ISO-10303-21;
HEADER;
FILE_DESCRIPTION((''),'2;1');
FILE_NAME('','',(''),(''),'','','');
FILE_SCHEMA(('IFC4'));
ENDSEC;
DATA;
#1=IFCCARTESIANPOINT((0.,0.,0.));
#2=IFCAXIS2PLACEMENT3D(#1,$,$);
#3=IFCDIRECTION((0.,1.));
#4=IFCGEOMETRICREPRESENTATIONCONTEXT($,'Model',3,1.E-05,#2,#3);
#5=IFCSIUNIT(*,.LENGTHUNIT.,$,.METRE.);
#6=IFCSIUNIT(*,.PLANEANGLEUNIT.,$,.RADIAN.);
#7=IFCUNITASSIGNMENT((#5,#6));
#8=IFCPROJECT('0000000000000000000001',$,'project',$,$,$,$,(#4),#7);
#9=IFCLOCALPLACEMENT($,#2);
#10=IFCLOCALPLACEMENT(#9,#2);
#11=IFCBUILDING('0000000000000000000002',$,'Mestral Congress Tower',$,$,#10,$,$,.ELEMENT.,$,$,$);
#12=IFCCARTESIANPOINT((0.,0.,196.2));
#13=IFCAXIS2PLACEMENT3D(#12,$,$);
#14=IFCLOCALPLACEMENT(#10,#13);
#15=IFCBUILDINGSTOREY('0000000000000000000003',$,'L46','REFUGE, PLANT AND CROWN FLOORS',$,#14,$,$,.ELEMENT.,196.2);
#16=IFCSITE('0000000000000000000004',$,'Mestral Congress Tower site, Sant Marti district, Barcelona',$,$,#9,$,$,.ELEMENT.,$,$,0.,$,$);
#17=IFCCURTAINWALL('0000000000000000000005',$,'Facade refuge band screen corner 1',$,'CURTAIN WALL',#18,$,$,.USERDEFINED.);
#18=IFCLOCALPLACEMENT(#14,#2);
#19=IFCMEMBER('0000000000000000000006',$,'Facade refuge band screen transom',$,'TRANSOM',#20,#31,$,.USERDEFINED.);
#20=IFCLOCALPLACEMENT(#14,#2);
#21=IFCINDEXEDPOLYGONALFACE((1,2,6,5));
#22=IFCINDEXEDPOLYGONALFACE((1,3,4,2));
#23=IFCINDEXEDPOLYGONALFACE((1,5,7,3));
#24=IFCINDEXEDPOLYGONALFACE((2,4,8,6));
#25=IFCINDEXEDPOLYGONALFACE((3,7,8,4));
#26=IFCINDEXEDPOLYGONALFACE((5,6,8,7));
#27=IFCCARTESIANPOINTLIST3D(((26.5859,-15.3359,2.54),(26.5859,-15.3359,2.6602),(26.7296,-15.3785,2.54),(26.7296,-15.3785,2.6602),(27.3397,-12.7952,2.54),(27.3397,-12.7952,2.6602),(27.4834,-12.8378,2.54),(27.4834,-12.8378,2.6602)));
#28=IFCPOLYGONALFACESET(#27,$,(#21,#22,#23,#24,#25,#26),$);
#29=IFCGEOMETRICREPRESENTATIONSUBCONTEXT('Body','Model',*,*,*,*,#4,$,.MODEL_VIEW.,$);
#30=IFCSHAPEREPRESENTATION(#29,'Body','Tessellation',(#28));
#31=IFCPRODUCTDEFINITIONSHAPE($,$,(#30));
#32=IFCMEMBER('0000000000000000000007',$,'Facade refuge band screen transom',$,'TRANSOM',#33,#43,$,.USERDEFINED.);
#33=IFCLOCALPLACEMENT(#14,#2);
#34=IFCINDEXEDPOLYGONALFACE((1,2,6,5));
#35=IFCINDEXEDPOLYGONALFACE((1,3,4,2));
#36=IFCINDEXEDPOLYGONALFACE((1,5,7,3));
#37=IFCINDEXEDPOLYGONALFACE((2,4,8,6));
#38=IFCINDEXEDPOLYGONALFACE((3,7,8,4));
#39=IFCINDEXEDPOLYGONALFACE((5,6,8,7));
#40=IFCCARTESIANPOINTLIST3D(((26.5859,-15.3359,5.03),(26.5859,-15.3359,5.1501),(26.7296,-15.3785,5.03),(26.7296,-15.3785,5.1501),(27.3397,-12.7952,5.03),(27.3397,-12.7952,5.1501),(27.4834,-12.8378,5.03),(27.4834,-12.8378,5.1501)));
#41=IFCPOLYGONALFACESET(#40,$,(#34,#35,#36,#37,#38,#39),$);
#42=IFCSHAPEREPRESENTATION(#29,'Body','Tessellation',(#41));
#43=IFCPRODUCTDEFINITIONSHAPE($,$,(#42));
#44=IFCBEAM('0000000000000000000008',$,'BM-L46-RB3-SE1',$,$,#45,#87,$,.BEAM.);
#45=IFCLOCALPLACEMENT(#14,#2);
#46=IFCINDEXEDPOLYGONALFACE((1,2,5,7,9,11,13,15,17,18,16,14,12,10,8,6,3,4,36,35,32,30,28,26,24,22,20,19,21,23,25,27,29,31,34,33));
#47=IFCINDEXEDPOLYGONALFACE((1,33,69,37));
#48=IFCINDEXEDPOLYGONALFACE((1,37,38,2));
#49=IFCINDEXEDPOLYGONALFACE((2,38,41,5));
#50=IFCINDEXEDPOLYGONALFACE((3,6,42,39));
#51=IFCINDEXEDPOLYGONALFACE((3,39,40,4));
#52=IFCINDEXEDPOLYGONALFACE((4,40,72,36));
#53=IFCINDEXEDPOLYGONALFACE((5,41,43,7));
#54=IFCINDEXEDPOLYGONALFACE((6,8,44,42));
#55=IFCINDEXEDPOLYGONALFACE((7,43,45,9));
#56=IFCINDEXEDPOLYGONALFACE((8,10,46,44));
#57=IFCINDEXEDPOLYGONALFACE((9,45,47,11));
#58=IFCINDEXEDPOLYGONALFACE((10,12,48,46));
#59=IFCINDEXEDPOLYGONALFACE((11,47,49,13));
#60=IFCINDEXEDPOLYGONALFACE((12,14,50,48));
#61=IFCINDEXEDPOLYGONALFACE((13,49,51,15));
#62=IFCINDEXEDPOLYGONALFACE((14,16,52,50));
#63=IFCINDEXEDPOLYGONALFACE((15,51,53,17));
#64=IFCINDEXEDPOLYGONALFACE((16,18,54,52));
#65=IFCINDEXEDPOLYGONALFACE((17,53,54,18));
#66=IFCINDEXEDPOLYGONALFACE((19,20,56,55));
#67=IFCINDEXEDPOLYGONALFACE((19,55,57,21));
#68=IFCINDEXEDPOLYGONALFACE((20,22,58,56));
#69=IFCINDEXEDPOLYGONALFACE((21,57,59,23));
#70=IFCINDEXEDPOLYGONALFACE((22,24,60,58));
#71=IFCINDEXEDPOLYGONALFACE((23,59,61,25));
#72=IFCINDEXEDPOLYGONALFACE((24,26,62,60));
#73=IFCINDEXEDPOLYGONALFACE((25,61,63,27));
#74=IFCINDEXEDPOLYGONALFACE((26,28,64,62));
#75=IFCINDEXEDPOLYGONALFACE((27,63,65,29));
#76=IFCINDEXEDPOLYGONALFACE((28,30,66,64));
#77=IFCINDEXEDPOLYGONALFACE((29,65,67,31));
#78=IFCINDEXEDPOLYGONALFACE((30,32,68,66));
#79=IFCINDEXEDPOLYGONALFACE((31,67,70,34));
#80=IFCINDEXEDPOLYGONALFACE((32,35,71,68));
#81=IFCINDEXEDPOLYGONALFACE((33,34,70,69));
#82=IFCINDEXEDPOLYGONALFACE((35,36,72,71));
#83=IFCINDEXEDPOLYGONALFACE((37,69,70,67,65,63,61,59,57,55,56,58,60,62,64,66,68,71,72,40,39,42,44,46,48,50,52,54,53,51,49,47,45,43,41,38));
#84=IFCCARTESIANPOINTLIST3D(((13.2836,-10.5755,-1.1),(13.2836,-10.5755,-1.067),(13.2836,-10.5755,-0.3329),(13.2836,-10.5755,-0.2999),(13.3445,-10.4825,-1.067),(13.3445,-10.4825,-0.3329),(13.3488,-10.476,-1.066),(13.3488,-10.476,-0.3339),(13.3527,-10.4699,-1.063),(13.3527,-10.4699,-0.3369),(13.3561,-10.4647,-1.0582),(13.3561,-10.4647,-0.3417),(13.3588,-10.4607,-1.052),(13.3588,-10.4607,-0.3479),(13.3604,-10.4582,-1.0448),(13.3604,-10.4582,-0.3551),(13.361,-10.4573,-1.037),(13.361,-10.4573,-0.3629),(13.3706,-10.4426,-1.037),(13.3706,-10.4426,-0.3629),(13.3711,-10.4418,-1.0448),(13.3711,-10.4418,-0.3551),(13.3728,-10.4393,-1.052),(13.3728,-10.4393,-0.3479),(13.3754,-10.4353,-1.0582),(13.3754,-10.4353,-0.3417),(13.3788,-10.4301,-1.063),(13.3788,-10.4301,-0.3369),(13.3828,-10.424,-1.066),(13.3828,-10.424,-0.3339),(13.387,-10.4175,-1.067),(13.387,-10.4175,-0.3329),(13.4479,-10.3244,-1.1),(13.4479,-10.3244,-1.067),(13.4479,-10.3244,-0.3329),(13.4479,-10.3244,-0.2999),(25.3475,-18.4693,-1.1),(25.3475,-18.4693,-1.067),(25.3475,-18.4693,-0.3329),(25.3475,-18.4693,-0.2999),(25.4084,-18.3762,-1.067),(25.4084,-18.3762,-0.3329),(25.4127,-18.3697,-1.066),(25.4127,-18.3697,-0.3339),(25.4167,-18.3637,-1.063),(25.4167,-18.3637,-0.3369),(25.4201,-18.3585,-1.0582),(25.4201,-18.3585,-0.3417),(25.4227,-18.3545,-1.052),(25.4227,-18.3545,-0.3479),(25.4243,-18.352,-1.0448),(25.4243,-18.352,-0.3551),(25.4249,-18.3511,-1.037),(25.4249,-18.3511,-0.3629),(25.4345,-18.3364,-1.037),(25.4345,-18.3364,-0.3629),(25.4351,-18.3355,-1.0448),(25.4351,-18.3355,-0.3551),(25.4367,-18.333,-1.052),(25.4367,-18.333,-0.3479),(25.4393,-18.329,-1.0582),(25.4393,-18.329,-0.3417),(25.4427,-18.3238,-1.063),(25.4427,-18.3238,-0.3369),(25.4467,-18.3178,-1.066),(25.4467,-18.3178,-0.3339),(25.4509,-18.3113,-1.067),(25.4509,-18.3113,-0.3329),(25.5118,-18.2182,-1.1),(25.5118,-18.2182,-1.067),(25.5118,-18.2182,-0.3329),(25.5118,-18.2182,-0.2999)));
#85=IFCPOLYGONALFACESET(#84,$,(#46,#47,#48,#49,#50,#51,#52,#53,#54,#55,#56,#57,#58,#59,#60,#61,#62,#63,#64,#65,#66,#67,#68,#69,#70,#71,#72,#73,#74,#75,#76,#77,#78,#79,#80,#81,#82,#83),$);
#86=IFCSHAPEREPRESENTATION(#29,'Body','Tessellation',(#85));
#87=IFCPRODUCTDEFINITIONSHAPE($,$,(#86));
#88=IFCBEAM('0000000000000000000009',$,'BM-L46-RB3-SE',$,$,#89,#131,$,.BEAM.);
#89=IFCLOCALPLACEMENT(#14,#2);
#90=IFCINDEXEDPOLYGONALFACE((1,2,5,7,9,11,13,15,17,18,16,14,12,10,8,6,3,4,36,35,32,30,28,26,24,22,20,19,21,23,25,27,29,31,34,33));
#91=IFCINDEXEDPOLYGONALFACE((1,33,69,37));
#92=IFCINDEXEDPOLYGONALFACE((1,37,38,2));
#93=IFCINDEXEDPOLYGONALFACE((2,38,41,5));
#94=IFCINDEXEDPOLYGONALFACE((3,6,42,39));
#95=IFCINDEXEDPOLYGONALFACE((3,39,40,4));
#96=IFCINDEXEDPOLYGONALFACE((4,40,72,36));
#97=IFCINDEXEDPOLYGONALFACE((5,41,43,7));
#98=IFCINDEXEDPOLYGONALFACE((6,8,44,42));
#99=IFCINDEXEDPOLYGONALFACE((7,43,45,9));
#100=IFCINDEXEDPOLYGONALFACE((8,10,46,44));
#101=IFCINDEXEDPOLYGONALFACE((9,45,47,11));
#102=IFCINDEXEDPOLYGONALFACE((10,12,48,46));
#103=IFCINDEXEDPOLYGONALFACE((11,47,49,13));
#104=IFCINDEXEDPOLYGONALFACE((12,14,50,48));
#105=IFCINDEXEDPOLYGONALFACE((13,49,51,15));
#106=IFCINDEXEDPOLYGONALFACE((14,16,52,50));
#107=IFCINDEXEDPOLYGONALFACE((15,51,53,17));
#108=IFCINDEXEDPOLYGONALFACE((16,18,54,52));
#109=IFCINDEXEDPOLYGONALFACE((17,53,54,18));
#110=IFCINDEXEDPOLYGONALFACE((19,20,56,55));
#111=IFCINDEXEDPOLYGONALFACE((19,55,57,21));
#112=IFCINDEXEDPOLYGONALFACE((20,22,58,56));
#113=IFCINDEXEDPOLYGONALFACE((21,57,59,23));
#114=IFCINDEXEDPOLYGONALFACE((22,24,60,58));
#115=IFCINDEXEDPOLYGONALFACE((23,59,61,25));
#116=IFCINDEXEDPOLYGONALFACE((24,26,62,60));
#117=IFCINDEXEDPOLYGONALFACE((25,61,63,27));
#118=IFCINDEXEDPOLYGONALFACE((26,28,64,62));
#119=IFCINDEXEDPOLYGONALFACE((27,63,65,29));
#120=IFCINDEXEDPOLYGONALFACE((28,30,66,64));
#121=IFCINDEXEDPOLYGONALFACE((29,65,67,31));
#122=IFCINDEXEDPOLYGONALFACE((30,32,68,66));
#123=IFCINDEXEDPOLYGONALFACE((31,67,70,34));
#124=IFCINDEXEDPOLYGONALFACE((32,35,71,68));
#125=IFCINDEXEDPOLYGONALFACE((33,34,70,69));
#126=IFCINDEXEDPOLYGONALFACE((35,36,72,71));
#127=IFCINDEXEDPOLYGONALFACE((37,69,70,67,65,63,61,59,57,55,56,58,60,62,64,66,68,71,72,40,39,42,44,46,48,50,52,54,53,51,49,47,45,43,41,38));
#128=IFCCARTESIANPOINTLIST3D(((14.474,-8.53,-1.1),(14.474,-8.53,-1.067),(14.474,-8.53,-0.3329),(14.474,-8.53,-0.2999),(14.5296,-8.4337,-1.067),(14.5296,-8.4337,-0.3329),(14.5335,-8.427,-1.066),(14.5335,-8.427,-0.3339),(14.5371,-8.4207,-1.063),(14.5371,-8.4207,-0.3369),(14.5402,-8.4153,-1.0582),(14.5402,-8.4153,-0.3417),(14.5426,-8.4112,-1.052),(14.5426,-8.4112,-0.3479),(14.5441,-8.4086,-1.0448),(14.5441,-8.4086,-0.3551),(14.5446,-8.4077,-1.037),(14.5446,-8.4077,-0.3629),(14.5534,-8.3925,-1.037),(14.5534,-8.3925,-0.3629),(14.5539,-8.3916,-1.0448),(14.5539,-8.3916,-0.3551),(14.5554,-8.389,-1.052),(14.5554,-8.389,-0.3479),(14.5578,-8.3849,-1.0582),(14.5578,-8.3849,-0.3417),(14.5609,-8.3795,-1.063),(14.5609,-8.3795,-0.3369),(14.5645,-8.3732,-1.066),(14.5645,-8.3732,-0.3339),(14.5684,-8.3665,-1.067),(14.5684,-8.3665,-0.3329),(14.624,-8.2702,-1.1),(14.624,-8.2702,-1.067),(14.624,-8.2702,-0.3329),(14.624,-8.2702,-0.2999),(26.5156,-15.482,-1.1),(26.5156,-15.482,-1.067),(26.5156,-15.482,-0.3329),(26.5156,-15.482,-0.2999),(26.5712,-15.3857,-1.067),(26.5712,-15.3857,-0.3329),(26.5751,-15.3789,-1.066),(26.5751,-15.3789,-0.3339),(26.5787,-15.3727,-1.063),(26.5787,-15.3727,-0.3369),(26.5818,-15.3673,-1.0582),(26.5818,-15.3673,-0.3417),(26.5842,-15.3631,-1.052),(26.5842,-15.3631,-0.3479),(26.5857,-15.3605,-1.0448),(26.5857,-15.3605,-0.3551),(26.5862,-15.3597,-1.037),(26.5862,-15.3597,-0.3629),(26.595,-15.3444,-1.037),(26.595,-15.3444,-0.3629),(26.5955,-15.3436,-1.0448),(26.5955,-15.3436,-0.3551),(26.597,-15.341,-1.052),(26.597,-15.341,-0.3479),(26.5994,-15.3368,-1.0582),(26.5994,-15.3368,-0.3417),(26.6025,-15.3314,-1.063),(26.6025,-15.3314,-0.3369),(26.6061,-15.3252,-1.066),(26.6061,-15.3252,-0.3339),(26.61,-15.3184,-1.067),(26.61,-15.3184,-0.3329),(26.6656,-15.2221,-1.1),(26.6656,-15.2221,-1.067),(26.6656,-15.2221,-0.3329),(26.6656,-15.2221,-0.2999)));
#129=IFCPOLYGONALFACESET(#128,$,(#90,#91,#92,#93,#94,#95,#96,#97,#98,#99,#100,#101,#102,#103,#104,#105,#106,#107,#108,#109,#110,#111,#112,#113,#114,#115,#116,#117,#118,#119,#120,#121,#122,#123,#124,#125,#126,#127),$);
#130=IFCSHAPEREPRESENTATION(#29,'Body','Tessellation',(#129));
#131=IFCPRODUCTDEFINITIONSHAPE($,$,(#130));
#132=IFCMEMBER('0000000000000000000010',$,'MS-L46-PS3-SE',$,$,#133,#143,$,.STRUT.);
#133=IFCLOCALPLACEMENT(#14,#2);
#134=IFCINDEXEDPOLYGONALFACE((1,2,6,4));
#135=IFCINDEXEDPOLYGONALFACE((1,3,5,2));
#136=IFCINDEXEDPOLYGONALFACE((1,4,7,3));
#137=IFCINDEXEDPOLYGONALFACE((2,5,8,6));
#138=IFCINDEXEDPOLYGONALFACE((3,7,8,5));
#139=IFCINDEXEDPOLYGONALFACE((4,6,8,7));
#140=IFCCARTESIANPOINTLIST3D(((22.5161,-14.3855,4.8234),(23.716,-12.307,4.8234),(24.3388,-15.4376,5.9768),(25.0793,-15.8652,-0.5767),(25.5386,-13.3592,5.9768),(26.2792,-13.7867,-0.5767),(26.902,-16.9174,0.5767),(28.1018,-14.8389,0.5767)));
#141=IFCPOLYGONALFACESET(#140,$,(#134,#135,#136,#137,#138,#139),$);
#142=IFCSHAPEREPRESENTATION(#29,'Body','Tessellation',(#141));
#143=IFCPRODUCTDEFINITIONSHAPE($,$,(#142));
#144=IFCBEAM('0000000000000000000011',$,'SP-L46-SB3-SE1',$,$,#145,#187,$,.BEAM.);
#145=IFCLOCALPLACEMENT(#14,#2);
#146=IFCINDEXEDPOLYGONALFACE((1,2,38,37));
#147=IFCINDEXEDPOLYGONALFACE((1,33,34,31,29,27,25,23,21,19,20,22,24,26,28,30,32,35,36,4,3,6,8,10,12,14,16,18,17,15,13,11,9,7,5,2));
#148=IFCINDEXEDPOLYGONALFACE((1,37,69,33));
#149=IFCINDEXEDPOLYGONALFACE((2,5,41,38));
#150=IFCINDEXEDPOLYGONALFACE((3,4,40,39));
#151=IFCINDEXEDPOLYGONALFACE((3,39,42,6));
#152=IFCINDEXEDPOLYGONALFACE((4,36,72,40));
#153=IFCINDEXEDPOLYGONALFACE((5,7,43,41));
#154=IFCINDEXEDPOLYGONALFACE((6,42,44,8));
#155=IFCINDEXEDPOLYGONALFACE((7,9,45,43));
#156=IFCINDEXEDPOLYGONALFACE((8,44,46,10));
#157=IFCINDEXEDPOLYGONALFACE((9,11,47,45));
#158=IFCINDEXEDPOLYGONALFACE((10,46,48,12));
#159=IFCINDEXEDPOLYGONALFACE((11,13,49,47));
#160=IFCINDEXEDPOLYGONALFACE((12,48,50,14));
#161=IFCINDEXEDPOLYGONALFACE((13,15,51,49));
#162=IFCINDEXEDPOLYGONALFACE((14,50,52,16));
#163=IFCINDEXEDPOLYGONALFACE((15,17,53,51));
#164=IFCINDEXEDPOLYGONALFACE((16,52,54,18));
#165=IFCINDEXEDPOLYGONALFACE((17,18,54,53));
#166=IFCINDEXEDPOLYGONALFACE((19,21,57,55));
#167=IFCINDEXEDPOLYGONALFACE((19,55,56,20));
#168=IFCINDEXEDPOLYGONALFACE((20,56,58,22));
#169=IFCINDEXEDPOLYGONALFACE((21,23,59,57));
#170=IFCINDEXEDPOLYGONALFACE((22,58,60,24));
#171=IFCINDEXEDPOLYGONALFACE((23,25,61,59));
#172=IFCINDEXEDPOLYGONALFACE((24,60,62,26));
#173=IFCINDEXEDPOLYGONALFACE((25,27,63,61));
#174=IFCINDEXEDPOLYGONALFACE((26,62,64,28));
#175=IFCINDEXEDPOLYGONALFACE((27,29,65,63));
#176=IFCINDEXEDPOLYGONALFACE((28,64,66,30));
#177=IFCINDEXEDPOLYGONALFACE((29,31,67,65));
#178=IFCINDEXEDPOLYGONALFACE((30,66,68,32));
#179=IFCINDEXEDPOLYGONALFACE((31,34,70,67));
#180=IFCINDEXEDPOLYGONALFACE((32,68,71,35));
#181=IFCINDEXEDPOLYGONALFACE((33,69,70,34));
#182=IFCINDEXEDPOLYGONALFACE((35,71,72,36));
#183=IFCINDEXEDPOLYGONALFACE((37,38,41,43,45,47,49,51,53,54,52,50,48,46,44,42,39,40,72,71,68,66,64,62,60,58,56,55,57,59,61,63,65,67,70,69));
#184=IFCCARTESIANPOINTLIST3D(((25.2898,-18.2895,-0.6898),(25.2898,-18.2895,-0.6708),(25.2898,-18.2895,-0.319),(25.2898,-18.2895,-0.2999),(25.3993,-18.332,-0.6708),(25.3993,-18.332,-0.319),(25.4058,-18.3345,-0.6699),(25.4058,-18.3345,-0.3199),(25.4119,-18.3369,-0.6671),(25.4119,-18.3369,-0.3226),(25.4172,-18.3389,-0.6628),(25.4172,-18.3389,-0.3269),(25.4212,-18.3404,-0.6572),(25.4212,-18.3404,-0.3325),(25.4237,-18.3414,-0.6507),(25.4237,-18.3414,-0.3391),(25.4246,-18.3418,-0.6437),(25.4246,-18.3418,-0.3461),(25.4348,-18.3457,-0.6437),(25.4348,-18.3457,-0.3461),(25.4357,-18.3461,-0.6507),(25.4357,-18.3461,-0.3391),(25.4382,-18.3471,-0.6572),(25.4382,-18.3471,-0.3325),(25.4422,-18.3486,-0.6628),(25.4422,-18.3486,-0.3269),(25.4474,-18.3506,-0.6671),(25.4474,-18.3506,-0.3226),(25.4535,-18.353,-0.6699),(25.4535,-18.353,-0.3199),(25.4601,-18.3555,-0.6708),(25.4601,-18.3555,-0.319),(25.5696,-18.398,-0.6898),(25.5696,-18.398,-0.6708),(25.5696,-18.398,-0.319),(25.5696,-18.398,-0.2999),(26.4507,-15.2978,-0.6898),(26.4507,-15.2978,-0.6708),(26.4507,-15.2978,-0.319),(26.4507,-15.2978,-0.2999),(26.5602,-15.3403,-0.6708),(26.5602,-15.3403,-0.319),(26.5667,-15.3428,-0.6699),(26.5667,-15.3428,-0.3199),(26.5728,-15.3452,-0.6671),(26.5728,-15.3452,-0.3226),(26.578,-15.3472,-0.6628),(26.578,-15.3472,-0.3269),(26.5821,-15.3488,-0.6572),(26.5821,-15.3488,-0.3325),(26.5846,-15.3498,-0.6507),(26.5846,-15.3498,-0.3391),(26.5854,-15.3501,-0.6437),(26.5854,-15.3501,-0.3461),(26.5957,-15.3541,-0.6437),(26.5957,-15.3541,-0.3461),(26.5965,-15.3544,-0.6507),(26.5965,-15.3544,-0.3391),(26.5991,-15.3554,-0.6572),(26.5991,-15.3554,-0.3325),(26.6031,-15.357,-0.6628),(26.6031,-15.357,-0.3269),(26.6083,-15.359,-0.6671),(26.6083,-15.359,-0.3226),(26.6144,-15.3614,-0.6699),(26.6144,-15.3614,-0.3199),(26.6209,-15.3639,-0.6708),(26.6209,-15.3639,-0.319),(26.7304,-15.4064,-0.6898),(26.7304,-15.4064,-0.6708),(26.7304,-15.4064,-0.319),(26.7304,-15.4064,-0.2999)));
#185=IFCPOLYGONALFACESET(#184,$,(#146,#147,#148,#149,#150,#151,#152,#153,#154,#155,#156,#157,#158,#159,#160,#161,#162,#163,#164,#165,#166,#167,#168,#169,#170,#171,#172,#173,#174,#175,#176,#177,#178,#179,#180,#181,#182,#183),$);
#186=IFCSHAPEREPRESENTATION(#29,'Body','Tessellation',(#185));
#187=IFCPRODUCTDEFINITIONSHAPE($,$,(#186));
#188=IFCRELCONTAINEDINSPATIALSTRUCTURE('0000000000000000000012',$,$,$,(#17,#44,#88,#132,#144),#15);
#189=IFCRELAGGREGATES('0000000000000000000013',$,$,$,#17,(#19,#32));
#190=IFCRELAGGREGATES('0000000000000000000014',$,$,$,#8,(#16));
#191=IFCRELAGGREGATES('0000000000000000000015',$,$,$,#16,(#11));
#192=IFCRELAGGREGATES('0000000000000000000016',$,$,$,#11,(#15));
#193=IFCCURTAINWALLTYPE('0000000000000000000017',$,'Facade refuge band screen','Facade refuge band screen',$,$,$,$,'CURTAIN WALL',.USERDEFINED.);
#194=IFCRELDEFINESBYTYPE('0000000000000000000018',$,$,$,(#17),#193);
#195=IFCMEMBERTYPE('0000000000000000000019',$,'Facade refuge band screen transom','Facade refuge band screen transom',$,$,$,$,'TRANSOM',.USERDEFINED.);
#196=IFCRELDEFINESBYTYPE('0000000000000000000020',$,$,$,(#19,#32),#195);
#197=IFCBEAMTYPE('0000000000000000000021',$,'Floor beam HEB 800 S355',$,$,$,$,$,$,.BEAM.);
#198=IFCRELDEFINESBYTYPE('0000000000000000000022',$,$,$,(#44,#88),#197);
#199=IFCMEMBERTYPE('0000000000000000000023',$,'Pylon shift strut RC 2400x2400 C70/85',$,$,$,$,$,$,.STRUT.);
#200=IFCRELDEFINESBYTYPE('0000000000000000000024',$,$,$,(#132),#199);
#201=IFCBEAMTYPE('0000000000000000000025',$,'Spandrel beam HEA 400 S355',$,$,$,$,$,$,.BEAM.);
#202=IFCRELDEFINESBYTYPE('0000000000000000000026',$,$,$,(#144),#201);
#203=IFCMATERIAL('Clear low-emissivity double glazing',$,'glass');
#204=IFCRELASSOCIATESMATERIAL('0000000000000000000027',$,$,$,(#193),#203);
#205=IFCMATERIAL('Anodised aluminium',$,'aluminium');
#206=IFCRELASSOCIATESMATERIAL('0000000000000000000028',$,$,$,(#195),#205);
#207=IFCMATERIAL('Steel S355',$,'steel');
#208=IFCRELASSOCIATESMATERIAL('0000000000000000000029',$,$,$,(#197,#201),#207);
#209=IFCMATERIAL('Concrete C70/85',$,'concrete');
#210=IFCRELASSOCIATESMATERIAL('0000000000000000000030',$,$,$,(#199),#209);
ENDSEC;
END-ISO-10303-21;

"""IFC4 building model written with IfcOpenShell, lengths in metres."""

from ifc_helpers import new_model, si_unit, direction, frame, origin, origin_2d, place, context, subcontext, project, spatial, rectangle, i_section, extrude, material, material_profile, profile_set, type_object, element, aggregate, save


model = new_model("IFC4")

# Units and contexts
model_context = context("Model", 3, precision=1e-05, world=origin(), true_north=direction((0.0, 1.0)))
body_context = subcontext(model_context, "Body", "Model", "MODEL_VIEW")
ifc_project = project(units=[si_unit("LENGTHUNIT", "METRE"), si_unit("PLANEANGLEUNIT", "RADIAN")], contexts=[model_context])

# Site, building, storey
site_placement = place(None, origin())
site = spatial("IfcSite", under=ifc_project, at=site_placement, Name="Mestral Congress Tower site, Sant Marti district, Barcelona", CompositionType="ELEMENT", RefElevation=0.0)
building_placement = place(site_placement, origin())
building = spatial("IfcBuilding", under=site, at=building_placement, Name="Mestral Congress Tower", CompositionType="ELEMENT")
storey_placement = place(building_placement, frame((0.0, 0.0, 196.2)))
storey = spatial("IfcBuildingStorey", under=building, at=storey_placement, Name="L46", Description="REFUGE, PLANT AND CROWN FLOORS", CompositionType="ELEMENT", Elevation=196.2)

# Shared definitions
ifc_material_1 = material(Name="Steel S355", Category="steel")

# Curtain wall, members
ifc_material_2 = material(Name="Clear low-emissivity double glazing", Category="glass")
curtain_wall_type = type_object("IfcCurtainWallType", Name="Facade refuge band screen", Description="Facade refuge band screen", ElementType="CURTAIN WALL", PredefinedType="USERDEFINED", material=ifc_material_2)
curtain_wall_placement = place(storey_placement, origin())
curtain_wall = element("IfcCurtainWall", 1, at=curtain_wall_placement, inside=storey, type_object=curtain_wall_type, Name="Facade refuge band screen corner 1", ObjectType="CURTAIN WALL", PredefinedType="USERDEFINED")
ifc_material_3 = material(Name="Anodised aluminium", Category="aluminium")
ifc_material_profile_1 = material_profile(ifc_material_3, rectangle(XDim=0.1499, YDim=0.1201, at=origin_2d()), Name="CW3 transom 150 x 120")
ifc_profile_set_1 = profile_set([ifc_material_profile_1], Name="Anodised aluminium")
member_type_1 = type_object("IfcMemberType", Name="Facade refuge band screen transom", Description="Facade refuge band screen transom", ElementType="TRANSOM", PredefinedType="USERDEFINED", material=ifc_profile_set_1)
member_1_placement = place(storey_placement, frame((26.6577, -15.3572, 2.6001), z_axis=(0.284465, 0.958687, 0.0), x_axis=(-0.958687, 0.284465, 0.0)))
member_1 = element("IfcMember", 2, at=member_1_placement, type_object=member_type_1, Name="Facade refuge band screen transom", ObjectType="TRANSOM", PredefinedType="USERDEFINED", context=body_context, shape_type="SweptSolid", body=[
    extrude(rectangle(XDim=0.1499, YDim=0.1201, at=origin_2d()), origin(), (0.0, 0.0, 1.0), 2.6501),
])
member_2_placement = place(storey_placement, frame((26.6577, -15.3572, 5.0901), z_axis=(0.284465, 0.958687, 0.0), x_axis=(-0.958687, 0.284465, 0.0)))
member_2 = element("IfcMember", 3, at=member_2_placement, type_object=member_type_1, Name="Facade refuge band screen transom", ObjectType="TRANSOM", PredefinedType="USERDEFINED", context=body_context, shape_type="SweptSolid", body=[
    extrude(rectangle(XDim=0.1499, YDim=0.1201, at=origin_2d()), origin(), (0.0, 0.0, 1.0), 2.6501),
])

# Beams
ifc_material_profile_2 = material_profile(ifc_material_1, i_section(OverallWidth=0.3, OverallDepth=0.8, WebThickness=0.0176, FlangeThickness=0.033, FilletRadius=0.03, at=origin_2d()), Name="HEB 800")
ifc_profile_set_2 = profile_set([ifc_material_profile_2], Name="Steel S355")
beam_type_1 = type_object("IfcBeamType", Name="Floor beam HEB 800 S355", PredefinedType="BEAM", material=ifc_profile_set_2)
beam_1_placement = place(storey_placement, frame((25.4297, -18.3438, -0.7), z_axis=(-0.836785, 0.547532, 0.0), x_axis=(-0.547532, -0.836785, 0.0)))
element("IfcBeam", 4, at=beam_1_placement, inside=storey, type_object=beam_type_1, Name="BM-L46-RB3-SE1", PredefinedType="BEAM", context=body_context, shape_type="SweptSolid", body=[
    extrude(i_section(OverallWidth=0.3, OverallDepth=0.8, WebThickness=0.0176, FlangeThickness=0.033, FilletRadius=0.03, at=origin_2d()), origin(), (0.0, 0.0, 1.0), 14.417),
])
beam_2_placement = place(storey_placement, frame((26.5906, -15.3521, -0.7), z_axis=(-0.866034, 0.499986, 0.0), x_axis=(-0.499986, -0.866034, 0.0)))
element("IfcBeam", 5, at=beam_2_placement, inside=storey, type_object=beam_type_1, Name="BM-L46-RB3-SE", PredefinedType="BEAM", context=body_context, shape_type="SweptSolid", body=[
    extrude(i_section(OverallWidth=0.3, OverallDepth=0.8, WebThickness=0.0176, FlangeThickness=0.033, FilletRadius=0.03, at=origin_2d()), origin(), (0.0, 0.0, 1.0), 13.9043),
])

# Member
ifc_material_4 = material(Name="Concrete C70/85", Category="concrete")
ifc_material_profile_3 = material_profile(ifc_material_4, rectangle(XDim=2.3999, YDim=2.3999, at=origin_2d()), Name="RC 2400x2400")
ifc_profile_set_3 = profile_set([ifc_material_profile_3], Name="Concrete C70/85")
member_type_2 = type_object("IfcMemberType", Name="Pylon shift strut RC 2400x2400 C70/85", PredefinedType="STRUT", material=ifc_profile_set_3)
member_3_placement = place(storey_placement, frame((26.5906, -15.3521, 0.0), z_axis=(-0.416242, 0.240294, 0.876927), x_axis=(-0.499963, -0.866047, 0.0)))
element("IfcMember", 6, at=member_3_placement, inside=storey, type_object=member_type_2, Name="MS-L46-PS3-SE", PredefinedType="STRUT", context=body_context, shape_type="SweptSolid", body=[
    extrude(rectangle(XDim=2.3999, YDim=2.3999, at=origin_2d()), origin(), (0.0, 0.0, 1.0), 6.158),
])

# Beam
ifc_material_profile_4 = material_profile(ifc_material_1, i_section(OverallWidth=0.3, OverallDepth=0.3899, WebThickness=0.011, FlangeThickness=0.019, FilletRadius=0.0271, at=origin_2d()), Name="HEA 400")
ifc_profile_set_4 = profile_set([ifc_material_profile_4], Name="Steel S355")
beam_type_2 = type_object("IfcBeamType", Name="Spandrel beam HEA 400 S355", PredefinedType="BEAM", material=ifc_profile_set_4)
for number, where, z_axis, x_axis, name in (
    (7, (25.4297, -18.3438, -0.4949), (0.361756, 0.932273, 0.0), (-0.932273, 0.361756, 0.0), "SP-L46-SB3-SE1"),
):
    element("IfcBeam", number, at=place(storey_placement, frame(where, z_axis=z_axis, x_axis=x_axis)), inside=storey, type_object=beam_type_2, Name=name, PredefinedType="BEAM", context=body_context, shape_type="SweptSolid", body=[
        extrude(i_section(OverallWidth=0.3, OverallDepth=0.3899, WebThickness=0.011, FlangeThickness=0.019, FilletRadius=0.0271, at=origin_2d()), origin(), (0.0, 0.0, 1.0), 3.209),
    ])

aggregate(curtain_wall, [member_1, member_2])

save(model, "model.ifc")
